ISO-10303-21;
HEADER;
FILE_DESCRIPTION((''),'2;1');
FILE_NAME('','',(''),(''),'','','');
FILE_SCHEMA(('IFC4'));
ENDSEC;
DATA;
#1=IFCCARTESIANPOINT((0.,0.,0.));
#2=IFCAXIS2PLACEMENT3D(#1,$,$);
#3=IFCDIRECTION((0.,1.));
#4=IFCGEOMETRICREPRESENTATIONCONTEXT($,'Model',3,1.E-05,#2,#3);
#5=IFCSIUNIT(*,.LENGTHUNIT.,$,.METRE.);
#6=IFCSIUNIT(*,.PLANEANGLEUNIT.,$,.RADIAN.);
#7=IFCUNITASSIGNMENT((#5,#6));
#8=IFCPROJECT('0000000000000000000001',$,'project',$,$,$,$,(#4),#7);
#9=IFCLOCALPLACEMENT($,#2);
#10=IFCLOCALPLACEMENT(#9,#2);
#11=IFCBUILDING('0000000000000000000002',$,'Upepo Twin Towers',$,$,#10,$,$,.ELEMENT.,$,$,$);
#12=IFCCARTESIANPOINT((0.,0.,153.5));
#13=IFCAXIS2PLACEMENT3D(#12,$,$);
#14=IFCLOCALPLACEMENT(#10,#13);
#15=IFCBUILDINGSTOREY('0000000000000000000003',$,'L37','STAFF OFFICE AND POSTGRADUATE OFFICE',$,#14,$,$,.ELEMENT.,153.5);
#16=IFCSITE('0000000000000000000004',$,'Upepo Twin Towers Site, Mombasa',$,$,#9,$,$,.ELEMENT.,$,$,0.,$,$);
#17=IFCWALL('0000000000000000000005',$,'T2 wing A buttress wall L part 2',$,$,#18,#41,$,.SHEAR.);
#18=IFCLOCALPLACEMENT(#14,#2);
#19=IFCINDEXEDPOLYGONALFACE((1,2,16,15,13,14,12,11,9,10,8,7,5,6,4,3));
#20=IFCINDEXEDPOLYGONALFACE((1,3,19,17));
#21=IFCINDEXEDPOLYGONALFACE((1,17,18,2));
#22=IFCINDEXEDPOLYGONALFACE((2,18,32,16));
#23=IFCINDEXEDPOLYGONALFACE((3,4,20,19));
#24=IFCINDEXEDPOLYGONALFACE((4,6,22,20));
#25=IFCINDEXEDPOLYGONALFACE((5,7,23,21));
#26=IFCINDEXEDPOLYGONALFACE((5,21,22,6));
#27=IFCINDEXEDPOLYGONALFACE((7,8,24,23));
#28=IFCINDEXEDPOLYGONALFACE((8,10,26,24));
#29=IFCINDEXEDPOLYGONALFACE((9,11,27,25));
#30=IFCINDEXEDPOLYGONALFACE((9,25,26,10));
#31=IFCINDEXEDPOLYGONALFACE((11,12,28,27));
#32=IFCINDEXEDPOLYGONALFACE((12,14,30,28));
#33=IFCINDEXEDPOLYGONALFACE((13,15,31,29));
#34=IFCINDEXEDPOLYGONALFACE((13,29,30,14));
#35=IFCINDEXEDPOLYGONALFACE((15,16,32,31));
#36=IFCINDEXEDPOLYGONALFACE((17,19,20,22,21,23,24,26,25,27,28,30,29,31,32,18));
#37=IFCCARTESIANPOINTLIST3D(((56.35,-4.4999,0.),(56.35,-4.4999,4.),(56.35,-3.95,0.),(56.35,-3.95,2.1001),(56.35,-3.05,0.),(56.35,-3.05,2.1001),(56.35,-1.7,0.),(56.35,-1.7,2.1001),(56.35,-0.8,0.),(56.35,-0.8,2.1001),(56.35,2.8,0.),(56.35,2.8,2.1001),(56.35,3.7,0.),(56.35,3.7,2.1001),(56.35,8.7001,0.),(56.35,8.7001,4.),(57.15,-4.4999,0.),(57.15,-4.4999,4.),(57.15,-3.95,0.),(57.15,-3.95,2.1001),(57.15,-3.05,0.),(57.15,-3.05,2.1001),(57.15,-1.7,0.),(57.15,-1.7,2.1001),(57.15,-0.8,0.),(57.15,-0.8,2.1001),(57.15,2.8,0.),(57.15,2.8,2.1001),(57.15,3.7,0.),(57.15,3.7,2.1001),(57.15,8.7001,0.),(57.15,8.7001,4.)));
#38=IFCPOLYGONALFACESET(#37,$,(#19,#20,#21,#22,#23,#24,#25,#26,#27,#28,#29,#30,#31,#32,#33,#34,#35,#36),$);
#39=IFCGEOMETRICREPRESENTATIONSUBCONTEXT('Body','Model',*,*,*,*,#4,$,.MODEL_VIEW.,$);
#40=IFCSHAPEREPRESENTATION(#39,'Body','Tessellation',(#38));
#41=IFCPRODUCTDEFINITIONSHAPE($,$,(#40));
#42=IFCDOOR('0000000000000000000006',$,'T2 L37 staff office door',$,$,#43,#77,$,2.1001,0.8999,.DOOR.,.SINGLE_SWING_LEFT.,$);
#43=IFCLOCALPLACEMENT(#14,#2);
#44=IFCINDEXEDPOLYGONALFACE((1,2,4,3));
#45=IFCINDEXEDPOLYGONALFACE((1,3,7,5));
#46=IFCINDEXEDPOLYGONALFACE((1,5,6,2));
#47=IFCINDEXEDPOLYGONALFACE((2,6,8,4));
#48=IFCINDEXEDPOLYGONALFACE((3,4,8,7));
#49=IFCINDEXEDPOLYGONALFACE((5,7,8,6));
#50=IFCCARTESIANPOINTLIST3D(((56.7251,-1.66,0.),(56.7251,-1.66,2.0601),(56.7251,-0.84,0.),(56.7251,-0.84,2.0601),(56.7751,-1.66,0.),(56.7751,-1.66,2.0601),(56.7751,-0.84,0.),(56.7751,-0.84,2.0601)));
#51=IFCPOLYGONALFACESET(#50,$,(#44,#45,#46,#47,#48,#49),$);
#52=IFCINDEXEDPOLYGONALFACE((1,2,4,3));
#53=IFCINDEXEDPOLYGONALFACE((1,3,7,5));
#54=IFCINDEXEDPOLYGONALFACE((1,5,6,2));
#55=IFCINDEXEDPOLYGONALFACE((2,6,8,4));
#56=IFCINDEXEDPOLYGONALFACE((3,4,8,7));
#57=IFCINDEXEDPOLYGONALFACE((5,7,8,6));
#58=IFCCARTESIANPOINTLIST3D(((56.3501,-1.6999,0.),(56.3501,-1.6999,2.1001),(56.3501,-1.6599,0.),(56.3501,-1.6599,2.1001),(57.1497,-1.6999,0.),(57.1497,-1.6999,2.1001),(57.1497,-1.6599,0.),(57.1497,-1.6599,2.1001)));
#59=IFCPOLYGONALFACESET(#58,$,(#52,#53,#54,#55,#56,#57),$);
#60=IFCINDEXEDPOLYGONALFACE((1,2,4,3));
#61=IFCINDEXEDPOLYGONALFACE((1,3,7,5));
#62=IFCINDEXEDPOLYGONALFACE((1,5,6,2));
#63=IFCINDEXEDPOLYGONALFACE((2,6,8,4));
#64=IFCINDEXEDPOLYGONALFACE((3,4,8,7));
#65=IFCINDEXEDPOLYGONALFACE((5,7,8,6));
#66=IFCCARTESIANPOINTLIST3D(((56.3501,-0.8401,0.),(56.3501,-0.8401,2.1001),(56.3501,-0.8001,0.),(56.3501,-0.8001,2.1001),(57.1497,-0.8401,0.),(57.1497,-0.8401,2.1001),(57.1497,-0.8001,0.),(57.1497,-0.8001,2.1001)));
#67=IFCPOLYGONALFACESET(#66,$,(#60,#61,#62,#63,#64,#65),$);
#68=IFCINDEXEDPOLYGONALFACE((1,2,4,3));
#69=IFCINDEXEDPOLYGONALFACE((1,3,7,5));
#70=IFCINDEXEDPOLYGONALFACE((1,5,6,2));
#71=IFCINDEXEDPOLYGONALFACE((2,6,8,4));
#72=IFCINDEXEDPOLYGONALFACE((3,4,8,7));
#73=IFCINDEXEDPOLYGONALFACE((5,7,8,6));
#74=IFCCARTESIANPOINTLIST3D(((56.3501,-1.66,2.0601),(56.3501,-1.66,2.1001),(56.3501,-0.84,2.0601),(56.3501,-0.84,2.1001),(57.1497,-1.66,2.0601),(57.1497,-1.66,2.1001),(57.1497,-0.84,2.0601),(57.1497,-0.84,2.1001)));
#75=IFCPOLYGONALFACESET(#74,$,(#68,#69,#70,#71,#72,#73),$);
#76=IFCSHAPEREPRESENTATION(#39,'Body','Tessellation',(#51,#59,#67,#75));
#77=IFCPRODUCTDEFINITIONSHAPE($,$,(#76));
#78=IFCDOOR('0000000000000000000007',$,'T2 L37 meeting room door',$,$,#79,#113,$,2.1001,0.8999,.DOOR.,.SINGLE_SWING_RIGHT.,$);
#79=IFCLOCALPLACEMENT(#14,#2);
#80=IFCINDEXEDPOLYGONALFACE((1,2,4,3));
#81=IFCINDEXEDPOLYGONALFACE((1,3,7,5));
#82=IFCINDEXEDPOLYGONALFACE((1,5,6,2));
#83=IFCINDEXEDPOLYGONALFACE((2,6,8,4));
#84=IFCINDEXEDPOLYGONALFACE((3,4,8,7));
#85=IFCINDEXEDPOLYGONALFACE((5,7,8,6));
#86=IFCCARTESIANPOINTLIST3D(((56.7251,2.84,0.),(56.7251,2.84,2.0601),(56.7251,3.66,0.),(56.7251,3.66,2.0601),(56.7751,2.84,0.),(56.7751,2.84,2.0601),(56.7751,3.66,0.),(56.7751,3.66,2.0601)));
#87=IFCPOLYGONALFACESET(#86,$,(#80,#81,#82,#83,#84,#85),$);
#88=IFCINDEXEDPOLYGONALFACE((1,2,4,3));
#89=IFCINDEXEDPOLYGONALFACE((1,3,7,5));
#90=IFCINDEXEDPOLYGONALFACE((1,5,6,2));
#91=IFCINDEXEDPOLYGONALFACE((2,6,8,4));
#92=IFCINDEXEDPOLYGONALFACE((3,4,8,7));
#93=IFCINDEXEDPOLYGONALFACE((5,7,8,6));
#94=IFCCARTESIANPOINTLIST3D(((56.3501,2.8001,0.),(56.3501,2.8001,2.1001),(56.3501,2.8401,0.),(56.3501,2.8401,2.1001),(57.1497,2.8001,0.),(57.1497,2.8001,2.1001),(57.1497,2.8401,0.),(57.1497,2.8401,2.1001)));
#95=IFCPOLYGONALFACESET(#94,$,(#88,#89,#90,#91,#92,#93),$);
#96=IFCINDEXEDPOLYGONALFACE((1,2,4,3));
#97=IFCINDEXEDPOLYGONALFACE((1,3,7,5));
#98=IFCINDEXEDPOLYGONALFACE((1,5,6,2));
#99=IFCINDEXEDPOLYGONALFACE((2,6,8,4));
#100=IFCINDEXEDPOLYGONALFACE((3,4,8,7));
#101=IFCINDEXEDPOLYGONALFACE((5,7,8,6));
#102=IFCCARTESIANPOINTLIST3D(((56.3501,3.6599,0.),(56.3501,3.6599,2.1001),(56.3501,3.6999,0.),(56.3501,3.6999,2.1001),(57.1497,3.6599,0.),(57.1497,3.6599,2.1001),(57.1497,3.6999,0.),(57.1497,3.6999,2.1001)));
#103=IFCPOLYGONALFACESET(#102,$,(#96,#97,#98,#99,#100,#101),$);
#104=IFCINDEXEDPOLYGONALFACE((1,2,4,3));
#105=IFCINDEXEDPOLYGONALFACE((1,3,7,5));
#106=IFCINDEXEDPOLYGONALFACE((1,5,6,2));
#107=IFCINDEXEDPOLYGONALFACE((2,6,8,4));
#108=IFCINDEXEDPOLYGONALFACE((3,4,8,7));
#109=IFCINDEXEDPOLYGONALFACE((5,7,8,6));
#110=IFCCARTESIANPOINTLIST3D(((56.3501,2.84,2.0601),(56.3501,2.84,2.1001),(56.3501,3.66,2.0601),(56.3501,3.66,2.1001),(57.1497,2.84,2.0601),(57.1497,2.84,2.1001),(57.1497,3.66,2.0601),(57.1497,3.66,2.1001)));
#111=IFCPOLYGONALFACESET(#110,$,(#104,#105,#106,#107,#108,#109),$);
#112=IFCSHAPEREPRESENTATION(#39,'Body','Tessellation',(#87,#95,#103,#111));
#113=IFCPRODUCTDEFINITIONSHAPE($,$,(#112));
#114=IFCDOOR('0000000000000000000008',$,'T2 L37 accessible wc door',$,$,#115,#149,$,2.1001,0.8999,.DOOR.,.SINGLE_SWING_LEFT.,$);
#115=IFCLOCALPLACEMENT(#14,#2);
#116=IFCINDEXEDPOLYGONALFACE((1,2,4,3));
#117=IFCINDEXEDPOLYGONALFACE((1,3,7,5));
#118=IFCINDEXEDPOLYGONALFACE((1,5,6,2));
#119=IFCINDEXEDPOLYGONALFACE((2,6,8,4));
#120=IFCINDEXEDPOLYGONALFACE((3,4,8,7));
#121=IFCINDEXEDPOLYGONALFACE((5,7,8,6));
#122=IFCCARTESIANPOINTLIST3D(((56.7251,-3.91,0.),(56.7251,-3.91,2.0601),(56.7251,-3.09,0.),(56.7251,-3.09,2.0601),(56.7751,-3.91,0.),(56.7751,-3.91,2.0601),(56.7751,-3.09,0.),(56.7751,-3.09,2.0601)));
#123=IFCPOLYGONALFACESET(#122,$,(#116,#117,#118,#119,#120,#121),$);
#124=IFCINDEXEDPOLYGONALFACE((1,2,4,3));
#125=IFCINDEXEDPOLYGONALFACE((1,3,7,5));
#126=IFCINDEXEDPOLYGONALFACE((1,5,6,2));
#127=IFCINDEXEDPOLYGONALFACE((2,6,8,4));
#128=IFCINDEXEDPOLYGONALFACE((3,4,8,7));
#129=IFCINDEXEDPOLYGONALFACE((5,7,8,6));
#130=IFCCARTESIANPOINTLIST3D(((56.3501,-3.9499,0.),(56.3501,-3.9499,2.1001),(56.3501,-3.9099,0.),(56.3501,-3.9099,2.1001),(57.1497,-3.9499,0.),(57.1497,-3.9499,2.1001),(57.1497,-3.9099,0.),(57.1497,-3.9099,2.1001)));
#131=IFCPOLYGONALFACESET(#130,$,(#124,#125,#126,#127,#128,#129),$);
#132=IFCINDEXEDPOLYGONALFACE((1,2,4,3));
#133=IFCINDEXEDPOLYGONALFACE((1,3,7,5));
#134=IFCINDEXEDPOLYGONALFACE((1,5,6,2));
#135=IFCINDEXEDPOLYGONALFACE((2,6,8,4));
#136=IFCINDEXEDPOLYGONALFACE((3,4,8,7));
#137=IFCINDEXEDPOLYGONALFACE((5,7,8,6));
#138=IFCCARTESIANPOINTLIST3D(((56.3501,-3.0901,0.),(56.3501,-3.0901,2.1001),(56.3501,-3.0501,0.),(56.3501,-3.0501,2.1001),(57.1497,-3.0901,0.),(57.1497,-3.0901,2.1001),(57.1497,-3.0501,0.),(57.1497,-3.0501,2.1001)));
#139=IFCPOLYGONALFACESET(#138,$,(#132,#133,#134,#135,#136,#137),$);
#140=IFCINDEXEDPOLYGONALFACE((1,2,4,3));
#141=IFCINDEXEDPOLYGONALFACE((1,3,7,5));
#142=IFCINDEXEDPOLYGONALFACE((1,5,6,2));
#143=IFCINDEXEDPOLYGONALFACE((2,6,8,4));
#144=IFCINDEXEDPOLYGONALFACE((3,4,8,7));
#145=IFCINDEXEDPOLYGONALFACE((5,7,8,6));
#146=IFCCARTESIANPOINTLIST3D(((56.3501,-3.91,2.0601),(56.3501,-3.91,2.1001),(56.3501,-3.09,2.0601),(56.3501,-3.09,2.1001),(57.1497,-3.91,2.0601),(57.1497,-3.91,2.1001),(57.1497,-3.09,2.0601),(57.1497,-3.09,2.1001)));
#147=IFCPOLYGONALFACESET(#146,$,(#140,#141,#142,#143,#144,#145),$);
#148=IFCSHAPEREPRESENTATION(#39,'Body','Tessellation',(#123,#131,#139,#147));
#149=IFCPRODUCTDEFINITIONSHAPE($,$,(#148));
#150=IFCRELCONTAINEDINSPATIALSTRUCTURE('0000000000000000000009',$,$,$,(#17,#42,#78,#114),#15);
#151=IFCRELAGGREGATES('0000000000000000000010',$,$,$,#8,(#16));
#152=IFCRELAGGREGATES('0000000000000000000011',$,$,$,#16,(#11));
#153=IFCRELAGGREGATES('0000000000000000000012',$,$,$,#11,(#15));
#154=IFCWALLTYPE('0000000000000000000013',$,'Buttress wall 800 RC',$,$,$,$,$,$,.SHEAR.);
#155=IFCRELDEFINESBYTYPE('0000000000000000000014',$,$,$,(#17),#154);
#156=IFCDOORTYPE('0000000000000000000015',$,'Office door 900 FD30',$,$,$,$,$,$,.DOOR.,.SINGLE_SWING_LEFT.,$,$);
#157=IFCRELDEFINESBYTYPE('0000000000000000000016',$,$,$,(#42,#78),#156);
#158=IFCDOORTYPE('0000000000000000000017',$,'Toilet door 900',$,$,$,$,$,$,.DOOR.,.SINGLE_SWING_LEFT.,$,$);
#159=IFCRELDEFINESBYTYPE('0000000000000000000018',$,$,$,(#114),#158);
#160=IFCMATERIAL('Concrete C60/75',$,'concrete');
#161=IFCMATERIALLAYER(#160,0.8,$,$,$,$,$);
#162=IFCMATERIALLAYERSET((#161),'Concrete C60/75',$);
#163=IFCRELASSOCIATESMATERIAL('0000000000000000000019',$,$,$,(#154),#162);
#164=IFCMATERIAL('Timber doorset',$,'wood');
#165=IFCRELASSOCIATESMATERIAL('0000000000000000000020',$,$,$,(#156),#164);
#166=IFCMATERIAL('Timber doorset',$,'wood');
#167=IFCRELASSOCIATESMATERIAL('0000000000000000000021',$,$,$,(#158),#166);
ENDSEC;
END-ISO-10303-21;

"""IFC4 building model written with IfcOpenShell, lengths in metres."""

from ifc_helpers import new_model, si_unit, direction, frame, frame_2d, origin, place, context, subcontext, project, spatial, rectangle, extrude, material, layer, layer_set, type_object, element, fill, save


model = new_model("IFC4")

# Units and contexts
model_context = context("Model", 3, precision=1e-05, world=origin(), true_north=direction((0.0, 1.0)))
body_context = subcontext(model_context, "Body", "Model", "MODEL_VIEW")
ifc_project = project(units=[si_unit("LENGTHUNIT", "METRE"), si_unit("PLANEANGLEUNIT", "RADIAN")], contexts=[model_context])

# Site, building, storey
site_placement = place(None, origin())
site = spatial("IfcSite", under=ifc_project, at=site_placement, Name="Upepo Twin Towers Site, Mombasa", CompositionType="ELEMENT", RefElevation=0.0)
building_placement = place(site_placement, origin())
building = spatial("IfcBuilding", under=site, at=building_placement, Name="Upepo Twin Towers", CompositionType="ELEMENT")
storey_placement = place(building_placement, frame((0.0, 0.0, 153.5)))
storey = spatial("IfcBuildingStorey", under=building, at=storey_placement, Name="L37", Description="STAFF OFFICE AND POSTGRADUATE OFFICE", CompositionType="ELEMENT", Elevation=153.5)

# Wall, openings, doors
ifc_material_1 = material(Name="Concrete C60/75", Category="concrete")
ifc_layer_1 = layer(ifc_material_1, 0.8)
ifc_layer_set_1 = layer_set([ifc_layer_1], Name="Concrete C60/75")
wall_type_1 = type_object("IfcWallType", Name="Buttress wall 800 RC", PredefinedType="SHEAR", material=ifc_layer_set_1)
wall_1_placement = place(storey_placement, frame((56.75, -4.5, 0.0), z_axis=(0.0, 0.0, 1.0), x_axis=(0.0, 1.0, 0.0)))
wall_1 = element("IfcWall", 1, at=wall_1_placement, inside=storey, type_object=wall_type_1, Name="T2 wing A buttress wall L part 2", PredefinedType="SHEAR", context=body_context, shape_type="SweptSolid", body=[
    extrude(rectangle(XDim=13.2, YDim=0.8, at=frame_2d((6.6001, 0.0))), origin(), (0.0, 0.0, 1.0), 4.0),
])
opening_1_placement = place(wall_1_placement, frame((0.55, 0.0, 0.0)))
opening_1 = element("IfcOpeningElement", 2, at=opening_1_placement, cuts=wall_1, PredefinedType="OPENING", context=body_context, shape_type="SweptSolid", body=[
    extrude(rectangle(XDim=0.8999, YDim=2.1001, at=frame_2d((0.45, 1.05))), frame((0.0, 0.4099, 0.0), z_axis=(0.0, -1.0, 0.0), x_axis=(1.0, 0.0, 0.0)), (0.0, 0.0, 1.0), 0.8201),
])
opening_2_placement = place(wall_1_placement, frame((2.8, 0.0, 0.0)))
opening_2 = element("IfcOpeningElement", 3, at=opening_2_placement, cuts=wall_1, PredefinedType="OPENING", context=body_context, shape_type="SweptSolid", body=[
    extrude(rectangle(XDim=0.8999, YDim=2.1001, at=frame_2d((0.45, 1.05))), frame((0.0, 0.4099, 0.0), z_axis=(0.0, -1.0, 0.0), x_axis=(1.0, 0.0, 0.0)), (0.0, 0.0, 1.0), 0.8201),
])
opening_3_placement = place(wall_1_placement, frame((7.3, 0.0, 0.0)))
opening_3 = element("IfcOpeningElement", 4, at=opening_3_placement, cuts=wall_1, PredefinedType="OPENING", context=body_context, shape_type="SweptSolid", body=[
    extrude(rectangle(XDim=0.8999, YDim=2.1001, at=frame_2d((0.45, 1.05))), frame((0.0, 0.4099, 0.0), z_axis=(0.0, -1.0, 0.0), x_axis=(1.0, 0.0, 0.0)), (0.0, 0.0, 1.0), 0.8201),
])
ifc_material_2 = material(Name="Timber doorset", Category="wood")
door_type_1 = type_object("IfcDoorType", Name="Office door 900 FD30", OperationType="SINGLE_SWING_LEFT", PredefinedType="DOOR", material=ifc_material_2)
door_1_placement = place(opening_2_placement, origin())
door_1 = element("IfcDoor", 5, at=door_1_placement, inside=storey, type_object=door_type_1, Name="T2 L37 staff office door", OperationType="SINGLE_SWING_LEFT", OverallHeight=2.1001, OverallWidth=0.8999, PredefinedType="DOOR", context=body_context, shape_type="SweptSolid", body=[
    extrude(rectangle(XDim=0.8199, YDim=2.0601, at=frame_2d((0.45, 1.03))), frame((0.0, 0.0249, 0.0), z_axis=(0.0, -1.0, 0.0), x_axis=(1.0, 0.0, 0.0)), (0.0, 0.0, 1.0), 0.05),
    extrude(rectangle(XDim=0.04, YDim=2.1001, at=frame_2d((0.02, 1.05))), frame((0.0, 0.3999, 0.0), z_axis=(0.0, -1.0, 0.0), x_axis=(1.0, 0.0, 0.0)), (0.0, 0.0, 1.0), 0.7996),
    extrude(rectangle(XDim=0.04, YDim=2.1001, at=frame_2d((0.8799, 1.05))), frame((0.0, 0.3999, 0.0), z_axis=(0.0, -1.0, 0.0), x_axis=(1.0, 0.0, 0.0)), (0.0, 0.0, 1.0), 0.7996),
    extrude(rectangle(XDim=0.8199, YDim=0.04, at=frame_2d((0.45, 2.0801))), frame((0.0, 0.3999, 0.0), z_axis=(0.0, -1.0, 0.0), x_axis=(1.0, 0.0, 0.0)), (0.0, 0.0, 1.0), 0.7996),
])
fill(opening_2, door_1)
door_2_placement = place(opening_3_placement, origin())
door_2 = element("IfcDoor", 6, at=door_2_placement, inside=storey, type_object=door_type_1, Name="T2 L37 meeting room door", OperationType="SINGLE_SWING_RIGHT", OverallHeight=2.1001, OverallWidth=0.8999, PredefinedType="DOOR", context=body_context, shape_type="SweptSolid", body=[
    extrude(rectangle(XDim=0.8199, YDim=2.0601, at=frame_2d((0.45, 1.03))), frame((0.0, 0.0249, 0.0), z_axis=(0.0, -1.0, 0.0), x_axis=(1.0, 0.0, 0.0)), (0.0, 0.0, 1.0), 0.05),
    extrude(rectangle(XDim=0.04, YDim=2.1001, at=frame_2d((0.02, 1.05))), frame((0.0, 0.3999, 0.0), z_axis=(0.0, -1.0, 0.0), x_axis=(1.0, 0.0, 0.0)), (0.0, 0.0, 1.0), 0.7996),
    extrude(rectangle(XDim=0.04, YDim=2.1001, at=frame_2d((0.8799, 1.05))), frame((0.0, 0.3999, 0.0), z_axis=(0.0, -1.0, 0.0), x_axis=(1.0, 0.0, 0.0)), (0.0, 0.0, 1.0), 0.7996),
    extrude(rectangle(XDim=0.8199, YDim=0.04, at=frame_2d((0.45, 2.0801))), frame((0.0, 0.3999, 0.0), z_axis=(0.0, -1.0, 0.0), x_axis=(1.0, 0.0, 0.0)), (0.0, 0.0, 1.0), 0.7996),
])
fill(opening_3, door_2)
ifc_material_3 = material(Name="Timber doorset", Category="wood")
door_type_2 = type_object("IfcDoorType", Name="Toilet door 900", OperationType="SINGLE_SWING_LEFT", PredefinedType="DOOR", material=ifc_material_3)
door_3_placement = place(opening_1_placement, origin())
door_3 = element("IfcDoor", 7, at=door_3_placement, inside=storey, type_object=door_type_2, Name="T2 L37 accessible wc door", OperationType="SINGLE_SWING_LEFT", OverallHeight=2.1001, OverallWidth=0.8999, PredefinedType="DOOR", context=body_context, shape_type="SweptSolid", body=[
    extrude(rectangle(XDim=0.8199, YDim=2.0601, at=frame_2d((0.45, 1.03))), frame((0.0, 0.0249, 0.0), z_axis=(0.0, -1.0, 0.0), x_axis=(1.0, 0.0, 0.0)), (0.0, 0.0, 1.0), 0.05),
    extrude(rectangle(XDim=0.04, YDim=2.1001, at=frame_2d((0.02, 1.05))), frame((0.0, 0.3999, 0.0), z_axis=(0.0, -1.0, 0.0), x_axis=(1.0, 0.0, 0.0)), (0.0, 0.0, 1.0), 0.7996),
    extrude(rectangle(XDim=0.04, YDim=2.1001, at=frame_2d((0.8799, 1.05))), frame((0.0, 0.3999, 0.0), z_axis=(0.0, -1.0, 0.0), x_axis=(1.0, 0.0, 0.0)), (0.0, 0.0, 1.0), 0.7996),
    extrude(rectangle(XDim=0.8199, YDim=0.04, at=frame_2d((0.45, 2.0801))), frame((0.0, 0.3999, 0.0), z_axis=(0.0, -1.0, 0.0), x_axis=(1.0, 0.0, 0.0)), (0.0, 0.0, 1.0), 0.7996),
])
fill(opening_1, door_3)

save(model, "model.ifc")
